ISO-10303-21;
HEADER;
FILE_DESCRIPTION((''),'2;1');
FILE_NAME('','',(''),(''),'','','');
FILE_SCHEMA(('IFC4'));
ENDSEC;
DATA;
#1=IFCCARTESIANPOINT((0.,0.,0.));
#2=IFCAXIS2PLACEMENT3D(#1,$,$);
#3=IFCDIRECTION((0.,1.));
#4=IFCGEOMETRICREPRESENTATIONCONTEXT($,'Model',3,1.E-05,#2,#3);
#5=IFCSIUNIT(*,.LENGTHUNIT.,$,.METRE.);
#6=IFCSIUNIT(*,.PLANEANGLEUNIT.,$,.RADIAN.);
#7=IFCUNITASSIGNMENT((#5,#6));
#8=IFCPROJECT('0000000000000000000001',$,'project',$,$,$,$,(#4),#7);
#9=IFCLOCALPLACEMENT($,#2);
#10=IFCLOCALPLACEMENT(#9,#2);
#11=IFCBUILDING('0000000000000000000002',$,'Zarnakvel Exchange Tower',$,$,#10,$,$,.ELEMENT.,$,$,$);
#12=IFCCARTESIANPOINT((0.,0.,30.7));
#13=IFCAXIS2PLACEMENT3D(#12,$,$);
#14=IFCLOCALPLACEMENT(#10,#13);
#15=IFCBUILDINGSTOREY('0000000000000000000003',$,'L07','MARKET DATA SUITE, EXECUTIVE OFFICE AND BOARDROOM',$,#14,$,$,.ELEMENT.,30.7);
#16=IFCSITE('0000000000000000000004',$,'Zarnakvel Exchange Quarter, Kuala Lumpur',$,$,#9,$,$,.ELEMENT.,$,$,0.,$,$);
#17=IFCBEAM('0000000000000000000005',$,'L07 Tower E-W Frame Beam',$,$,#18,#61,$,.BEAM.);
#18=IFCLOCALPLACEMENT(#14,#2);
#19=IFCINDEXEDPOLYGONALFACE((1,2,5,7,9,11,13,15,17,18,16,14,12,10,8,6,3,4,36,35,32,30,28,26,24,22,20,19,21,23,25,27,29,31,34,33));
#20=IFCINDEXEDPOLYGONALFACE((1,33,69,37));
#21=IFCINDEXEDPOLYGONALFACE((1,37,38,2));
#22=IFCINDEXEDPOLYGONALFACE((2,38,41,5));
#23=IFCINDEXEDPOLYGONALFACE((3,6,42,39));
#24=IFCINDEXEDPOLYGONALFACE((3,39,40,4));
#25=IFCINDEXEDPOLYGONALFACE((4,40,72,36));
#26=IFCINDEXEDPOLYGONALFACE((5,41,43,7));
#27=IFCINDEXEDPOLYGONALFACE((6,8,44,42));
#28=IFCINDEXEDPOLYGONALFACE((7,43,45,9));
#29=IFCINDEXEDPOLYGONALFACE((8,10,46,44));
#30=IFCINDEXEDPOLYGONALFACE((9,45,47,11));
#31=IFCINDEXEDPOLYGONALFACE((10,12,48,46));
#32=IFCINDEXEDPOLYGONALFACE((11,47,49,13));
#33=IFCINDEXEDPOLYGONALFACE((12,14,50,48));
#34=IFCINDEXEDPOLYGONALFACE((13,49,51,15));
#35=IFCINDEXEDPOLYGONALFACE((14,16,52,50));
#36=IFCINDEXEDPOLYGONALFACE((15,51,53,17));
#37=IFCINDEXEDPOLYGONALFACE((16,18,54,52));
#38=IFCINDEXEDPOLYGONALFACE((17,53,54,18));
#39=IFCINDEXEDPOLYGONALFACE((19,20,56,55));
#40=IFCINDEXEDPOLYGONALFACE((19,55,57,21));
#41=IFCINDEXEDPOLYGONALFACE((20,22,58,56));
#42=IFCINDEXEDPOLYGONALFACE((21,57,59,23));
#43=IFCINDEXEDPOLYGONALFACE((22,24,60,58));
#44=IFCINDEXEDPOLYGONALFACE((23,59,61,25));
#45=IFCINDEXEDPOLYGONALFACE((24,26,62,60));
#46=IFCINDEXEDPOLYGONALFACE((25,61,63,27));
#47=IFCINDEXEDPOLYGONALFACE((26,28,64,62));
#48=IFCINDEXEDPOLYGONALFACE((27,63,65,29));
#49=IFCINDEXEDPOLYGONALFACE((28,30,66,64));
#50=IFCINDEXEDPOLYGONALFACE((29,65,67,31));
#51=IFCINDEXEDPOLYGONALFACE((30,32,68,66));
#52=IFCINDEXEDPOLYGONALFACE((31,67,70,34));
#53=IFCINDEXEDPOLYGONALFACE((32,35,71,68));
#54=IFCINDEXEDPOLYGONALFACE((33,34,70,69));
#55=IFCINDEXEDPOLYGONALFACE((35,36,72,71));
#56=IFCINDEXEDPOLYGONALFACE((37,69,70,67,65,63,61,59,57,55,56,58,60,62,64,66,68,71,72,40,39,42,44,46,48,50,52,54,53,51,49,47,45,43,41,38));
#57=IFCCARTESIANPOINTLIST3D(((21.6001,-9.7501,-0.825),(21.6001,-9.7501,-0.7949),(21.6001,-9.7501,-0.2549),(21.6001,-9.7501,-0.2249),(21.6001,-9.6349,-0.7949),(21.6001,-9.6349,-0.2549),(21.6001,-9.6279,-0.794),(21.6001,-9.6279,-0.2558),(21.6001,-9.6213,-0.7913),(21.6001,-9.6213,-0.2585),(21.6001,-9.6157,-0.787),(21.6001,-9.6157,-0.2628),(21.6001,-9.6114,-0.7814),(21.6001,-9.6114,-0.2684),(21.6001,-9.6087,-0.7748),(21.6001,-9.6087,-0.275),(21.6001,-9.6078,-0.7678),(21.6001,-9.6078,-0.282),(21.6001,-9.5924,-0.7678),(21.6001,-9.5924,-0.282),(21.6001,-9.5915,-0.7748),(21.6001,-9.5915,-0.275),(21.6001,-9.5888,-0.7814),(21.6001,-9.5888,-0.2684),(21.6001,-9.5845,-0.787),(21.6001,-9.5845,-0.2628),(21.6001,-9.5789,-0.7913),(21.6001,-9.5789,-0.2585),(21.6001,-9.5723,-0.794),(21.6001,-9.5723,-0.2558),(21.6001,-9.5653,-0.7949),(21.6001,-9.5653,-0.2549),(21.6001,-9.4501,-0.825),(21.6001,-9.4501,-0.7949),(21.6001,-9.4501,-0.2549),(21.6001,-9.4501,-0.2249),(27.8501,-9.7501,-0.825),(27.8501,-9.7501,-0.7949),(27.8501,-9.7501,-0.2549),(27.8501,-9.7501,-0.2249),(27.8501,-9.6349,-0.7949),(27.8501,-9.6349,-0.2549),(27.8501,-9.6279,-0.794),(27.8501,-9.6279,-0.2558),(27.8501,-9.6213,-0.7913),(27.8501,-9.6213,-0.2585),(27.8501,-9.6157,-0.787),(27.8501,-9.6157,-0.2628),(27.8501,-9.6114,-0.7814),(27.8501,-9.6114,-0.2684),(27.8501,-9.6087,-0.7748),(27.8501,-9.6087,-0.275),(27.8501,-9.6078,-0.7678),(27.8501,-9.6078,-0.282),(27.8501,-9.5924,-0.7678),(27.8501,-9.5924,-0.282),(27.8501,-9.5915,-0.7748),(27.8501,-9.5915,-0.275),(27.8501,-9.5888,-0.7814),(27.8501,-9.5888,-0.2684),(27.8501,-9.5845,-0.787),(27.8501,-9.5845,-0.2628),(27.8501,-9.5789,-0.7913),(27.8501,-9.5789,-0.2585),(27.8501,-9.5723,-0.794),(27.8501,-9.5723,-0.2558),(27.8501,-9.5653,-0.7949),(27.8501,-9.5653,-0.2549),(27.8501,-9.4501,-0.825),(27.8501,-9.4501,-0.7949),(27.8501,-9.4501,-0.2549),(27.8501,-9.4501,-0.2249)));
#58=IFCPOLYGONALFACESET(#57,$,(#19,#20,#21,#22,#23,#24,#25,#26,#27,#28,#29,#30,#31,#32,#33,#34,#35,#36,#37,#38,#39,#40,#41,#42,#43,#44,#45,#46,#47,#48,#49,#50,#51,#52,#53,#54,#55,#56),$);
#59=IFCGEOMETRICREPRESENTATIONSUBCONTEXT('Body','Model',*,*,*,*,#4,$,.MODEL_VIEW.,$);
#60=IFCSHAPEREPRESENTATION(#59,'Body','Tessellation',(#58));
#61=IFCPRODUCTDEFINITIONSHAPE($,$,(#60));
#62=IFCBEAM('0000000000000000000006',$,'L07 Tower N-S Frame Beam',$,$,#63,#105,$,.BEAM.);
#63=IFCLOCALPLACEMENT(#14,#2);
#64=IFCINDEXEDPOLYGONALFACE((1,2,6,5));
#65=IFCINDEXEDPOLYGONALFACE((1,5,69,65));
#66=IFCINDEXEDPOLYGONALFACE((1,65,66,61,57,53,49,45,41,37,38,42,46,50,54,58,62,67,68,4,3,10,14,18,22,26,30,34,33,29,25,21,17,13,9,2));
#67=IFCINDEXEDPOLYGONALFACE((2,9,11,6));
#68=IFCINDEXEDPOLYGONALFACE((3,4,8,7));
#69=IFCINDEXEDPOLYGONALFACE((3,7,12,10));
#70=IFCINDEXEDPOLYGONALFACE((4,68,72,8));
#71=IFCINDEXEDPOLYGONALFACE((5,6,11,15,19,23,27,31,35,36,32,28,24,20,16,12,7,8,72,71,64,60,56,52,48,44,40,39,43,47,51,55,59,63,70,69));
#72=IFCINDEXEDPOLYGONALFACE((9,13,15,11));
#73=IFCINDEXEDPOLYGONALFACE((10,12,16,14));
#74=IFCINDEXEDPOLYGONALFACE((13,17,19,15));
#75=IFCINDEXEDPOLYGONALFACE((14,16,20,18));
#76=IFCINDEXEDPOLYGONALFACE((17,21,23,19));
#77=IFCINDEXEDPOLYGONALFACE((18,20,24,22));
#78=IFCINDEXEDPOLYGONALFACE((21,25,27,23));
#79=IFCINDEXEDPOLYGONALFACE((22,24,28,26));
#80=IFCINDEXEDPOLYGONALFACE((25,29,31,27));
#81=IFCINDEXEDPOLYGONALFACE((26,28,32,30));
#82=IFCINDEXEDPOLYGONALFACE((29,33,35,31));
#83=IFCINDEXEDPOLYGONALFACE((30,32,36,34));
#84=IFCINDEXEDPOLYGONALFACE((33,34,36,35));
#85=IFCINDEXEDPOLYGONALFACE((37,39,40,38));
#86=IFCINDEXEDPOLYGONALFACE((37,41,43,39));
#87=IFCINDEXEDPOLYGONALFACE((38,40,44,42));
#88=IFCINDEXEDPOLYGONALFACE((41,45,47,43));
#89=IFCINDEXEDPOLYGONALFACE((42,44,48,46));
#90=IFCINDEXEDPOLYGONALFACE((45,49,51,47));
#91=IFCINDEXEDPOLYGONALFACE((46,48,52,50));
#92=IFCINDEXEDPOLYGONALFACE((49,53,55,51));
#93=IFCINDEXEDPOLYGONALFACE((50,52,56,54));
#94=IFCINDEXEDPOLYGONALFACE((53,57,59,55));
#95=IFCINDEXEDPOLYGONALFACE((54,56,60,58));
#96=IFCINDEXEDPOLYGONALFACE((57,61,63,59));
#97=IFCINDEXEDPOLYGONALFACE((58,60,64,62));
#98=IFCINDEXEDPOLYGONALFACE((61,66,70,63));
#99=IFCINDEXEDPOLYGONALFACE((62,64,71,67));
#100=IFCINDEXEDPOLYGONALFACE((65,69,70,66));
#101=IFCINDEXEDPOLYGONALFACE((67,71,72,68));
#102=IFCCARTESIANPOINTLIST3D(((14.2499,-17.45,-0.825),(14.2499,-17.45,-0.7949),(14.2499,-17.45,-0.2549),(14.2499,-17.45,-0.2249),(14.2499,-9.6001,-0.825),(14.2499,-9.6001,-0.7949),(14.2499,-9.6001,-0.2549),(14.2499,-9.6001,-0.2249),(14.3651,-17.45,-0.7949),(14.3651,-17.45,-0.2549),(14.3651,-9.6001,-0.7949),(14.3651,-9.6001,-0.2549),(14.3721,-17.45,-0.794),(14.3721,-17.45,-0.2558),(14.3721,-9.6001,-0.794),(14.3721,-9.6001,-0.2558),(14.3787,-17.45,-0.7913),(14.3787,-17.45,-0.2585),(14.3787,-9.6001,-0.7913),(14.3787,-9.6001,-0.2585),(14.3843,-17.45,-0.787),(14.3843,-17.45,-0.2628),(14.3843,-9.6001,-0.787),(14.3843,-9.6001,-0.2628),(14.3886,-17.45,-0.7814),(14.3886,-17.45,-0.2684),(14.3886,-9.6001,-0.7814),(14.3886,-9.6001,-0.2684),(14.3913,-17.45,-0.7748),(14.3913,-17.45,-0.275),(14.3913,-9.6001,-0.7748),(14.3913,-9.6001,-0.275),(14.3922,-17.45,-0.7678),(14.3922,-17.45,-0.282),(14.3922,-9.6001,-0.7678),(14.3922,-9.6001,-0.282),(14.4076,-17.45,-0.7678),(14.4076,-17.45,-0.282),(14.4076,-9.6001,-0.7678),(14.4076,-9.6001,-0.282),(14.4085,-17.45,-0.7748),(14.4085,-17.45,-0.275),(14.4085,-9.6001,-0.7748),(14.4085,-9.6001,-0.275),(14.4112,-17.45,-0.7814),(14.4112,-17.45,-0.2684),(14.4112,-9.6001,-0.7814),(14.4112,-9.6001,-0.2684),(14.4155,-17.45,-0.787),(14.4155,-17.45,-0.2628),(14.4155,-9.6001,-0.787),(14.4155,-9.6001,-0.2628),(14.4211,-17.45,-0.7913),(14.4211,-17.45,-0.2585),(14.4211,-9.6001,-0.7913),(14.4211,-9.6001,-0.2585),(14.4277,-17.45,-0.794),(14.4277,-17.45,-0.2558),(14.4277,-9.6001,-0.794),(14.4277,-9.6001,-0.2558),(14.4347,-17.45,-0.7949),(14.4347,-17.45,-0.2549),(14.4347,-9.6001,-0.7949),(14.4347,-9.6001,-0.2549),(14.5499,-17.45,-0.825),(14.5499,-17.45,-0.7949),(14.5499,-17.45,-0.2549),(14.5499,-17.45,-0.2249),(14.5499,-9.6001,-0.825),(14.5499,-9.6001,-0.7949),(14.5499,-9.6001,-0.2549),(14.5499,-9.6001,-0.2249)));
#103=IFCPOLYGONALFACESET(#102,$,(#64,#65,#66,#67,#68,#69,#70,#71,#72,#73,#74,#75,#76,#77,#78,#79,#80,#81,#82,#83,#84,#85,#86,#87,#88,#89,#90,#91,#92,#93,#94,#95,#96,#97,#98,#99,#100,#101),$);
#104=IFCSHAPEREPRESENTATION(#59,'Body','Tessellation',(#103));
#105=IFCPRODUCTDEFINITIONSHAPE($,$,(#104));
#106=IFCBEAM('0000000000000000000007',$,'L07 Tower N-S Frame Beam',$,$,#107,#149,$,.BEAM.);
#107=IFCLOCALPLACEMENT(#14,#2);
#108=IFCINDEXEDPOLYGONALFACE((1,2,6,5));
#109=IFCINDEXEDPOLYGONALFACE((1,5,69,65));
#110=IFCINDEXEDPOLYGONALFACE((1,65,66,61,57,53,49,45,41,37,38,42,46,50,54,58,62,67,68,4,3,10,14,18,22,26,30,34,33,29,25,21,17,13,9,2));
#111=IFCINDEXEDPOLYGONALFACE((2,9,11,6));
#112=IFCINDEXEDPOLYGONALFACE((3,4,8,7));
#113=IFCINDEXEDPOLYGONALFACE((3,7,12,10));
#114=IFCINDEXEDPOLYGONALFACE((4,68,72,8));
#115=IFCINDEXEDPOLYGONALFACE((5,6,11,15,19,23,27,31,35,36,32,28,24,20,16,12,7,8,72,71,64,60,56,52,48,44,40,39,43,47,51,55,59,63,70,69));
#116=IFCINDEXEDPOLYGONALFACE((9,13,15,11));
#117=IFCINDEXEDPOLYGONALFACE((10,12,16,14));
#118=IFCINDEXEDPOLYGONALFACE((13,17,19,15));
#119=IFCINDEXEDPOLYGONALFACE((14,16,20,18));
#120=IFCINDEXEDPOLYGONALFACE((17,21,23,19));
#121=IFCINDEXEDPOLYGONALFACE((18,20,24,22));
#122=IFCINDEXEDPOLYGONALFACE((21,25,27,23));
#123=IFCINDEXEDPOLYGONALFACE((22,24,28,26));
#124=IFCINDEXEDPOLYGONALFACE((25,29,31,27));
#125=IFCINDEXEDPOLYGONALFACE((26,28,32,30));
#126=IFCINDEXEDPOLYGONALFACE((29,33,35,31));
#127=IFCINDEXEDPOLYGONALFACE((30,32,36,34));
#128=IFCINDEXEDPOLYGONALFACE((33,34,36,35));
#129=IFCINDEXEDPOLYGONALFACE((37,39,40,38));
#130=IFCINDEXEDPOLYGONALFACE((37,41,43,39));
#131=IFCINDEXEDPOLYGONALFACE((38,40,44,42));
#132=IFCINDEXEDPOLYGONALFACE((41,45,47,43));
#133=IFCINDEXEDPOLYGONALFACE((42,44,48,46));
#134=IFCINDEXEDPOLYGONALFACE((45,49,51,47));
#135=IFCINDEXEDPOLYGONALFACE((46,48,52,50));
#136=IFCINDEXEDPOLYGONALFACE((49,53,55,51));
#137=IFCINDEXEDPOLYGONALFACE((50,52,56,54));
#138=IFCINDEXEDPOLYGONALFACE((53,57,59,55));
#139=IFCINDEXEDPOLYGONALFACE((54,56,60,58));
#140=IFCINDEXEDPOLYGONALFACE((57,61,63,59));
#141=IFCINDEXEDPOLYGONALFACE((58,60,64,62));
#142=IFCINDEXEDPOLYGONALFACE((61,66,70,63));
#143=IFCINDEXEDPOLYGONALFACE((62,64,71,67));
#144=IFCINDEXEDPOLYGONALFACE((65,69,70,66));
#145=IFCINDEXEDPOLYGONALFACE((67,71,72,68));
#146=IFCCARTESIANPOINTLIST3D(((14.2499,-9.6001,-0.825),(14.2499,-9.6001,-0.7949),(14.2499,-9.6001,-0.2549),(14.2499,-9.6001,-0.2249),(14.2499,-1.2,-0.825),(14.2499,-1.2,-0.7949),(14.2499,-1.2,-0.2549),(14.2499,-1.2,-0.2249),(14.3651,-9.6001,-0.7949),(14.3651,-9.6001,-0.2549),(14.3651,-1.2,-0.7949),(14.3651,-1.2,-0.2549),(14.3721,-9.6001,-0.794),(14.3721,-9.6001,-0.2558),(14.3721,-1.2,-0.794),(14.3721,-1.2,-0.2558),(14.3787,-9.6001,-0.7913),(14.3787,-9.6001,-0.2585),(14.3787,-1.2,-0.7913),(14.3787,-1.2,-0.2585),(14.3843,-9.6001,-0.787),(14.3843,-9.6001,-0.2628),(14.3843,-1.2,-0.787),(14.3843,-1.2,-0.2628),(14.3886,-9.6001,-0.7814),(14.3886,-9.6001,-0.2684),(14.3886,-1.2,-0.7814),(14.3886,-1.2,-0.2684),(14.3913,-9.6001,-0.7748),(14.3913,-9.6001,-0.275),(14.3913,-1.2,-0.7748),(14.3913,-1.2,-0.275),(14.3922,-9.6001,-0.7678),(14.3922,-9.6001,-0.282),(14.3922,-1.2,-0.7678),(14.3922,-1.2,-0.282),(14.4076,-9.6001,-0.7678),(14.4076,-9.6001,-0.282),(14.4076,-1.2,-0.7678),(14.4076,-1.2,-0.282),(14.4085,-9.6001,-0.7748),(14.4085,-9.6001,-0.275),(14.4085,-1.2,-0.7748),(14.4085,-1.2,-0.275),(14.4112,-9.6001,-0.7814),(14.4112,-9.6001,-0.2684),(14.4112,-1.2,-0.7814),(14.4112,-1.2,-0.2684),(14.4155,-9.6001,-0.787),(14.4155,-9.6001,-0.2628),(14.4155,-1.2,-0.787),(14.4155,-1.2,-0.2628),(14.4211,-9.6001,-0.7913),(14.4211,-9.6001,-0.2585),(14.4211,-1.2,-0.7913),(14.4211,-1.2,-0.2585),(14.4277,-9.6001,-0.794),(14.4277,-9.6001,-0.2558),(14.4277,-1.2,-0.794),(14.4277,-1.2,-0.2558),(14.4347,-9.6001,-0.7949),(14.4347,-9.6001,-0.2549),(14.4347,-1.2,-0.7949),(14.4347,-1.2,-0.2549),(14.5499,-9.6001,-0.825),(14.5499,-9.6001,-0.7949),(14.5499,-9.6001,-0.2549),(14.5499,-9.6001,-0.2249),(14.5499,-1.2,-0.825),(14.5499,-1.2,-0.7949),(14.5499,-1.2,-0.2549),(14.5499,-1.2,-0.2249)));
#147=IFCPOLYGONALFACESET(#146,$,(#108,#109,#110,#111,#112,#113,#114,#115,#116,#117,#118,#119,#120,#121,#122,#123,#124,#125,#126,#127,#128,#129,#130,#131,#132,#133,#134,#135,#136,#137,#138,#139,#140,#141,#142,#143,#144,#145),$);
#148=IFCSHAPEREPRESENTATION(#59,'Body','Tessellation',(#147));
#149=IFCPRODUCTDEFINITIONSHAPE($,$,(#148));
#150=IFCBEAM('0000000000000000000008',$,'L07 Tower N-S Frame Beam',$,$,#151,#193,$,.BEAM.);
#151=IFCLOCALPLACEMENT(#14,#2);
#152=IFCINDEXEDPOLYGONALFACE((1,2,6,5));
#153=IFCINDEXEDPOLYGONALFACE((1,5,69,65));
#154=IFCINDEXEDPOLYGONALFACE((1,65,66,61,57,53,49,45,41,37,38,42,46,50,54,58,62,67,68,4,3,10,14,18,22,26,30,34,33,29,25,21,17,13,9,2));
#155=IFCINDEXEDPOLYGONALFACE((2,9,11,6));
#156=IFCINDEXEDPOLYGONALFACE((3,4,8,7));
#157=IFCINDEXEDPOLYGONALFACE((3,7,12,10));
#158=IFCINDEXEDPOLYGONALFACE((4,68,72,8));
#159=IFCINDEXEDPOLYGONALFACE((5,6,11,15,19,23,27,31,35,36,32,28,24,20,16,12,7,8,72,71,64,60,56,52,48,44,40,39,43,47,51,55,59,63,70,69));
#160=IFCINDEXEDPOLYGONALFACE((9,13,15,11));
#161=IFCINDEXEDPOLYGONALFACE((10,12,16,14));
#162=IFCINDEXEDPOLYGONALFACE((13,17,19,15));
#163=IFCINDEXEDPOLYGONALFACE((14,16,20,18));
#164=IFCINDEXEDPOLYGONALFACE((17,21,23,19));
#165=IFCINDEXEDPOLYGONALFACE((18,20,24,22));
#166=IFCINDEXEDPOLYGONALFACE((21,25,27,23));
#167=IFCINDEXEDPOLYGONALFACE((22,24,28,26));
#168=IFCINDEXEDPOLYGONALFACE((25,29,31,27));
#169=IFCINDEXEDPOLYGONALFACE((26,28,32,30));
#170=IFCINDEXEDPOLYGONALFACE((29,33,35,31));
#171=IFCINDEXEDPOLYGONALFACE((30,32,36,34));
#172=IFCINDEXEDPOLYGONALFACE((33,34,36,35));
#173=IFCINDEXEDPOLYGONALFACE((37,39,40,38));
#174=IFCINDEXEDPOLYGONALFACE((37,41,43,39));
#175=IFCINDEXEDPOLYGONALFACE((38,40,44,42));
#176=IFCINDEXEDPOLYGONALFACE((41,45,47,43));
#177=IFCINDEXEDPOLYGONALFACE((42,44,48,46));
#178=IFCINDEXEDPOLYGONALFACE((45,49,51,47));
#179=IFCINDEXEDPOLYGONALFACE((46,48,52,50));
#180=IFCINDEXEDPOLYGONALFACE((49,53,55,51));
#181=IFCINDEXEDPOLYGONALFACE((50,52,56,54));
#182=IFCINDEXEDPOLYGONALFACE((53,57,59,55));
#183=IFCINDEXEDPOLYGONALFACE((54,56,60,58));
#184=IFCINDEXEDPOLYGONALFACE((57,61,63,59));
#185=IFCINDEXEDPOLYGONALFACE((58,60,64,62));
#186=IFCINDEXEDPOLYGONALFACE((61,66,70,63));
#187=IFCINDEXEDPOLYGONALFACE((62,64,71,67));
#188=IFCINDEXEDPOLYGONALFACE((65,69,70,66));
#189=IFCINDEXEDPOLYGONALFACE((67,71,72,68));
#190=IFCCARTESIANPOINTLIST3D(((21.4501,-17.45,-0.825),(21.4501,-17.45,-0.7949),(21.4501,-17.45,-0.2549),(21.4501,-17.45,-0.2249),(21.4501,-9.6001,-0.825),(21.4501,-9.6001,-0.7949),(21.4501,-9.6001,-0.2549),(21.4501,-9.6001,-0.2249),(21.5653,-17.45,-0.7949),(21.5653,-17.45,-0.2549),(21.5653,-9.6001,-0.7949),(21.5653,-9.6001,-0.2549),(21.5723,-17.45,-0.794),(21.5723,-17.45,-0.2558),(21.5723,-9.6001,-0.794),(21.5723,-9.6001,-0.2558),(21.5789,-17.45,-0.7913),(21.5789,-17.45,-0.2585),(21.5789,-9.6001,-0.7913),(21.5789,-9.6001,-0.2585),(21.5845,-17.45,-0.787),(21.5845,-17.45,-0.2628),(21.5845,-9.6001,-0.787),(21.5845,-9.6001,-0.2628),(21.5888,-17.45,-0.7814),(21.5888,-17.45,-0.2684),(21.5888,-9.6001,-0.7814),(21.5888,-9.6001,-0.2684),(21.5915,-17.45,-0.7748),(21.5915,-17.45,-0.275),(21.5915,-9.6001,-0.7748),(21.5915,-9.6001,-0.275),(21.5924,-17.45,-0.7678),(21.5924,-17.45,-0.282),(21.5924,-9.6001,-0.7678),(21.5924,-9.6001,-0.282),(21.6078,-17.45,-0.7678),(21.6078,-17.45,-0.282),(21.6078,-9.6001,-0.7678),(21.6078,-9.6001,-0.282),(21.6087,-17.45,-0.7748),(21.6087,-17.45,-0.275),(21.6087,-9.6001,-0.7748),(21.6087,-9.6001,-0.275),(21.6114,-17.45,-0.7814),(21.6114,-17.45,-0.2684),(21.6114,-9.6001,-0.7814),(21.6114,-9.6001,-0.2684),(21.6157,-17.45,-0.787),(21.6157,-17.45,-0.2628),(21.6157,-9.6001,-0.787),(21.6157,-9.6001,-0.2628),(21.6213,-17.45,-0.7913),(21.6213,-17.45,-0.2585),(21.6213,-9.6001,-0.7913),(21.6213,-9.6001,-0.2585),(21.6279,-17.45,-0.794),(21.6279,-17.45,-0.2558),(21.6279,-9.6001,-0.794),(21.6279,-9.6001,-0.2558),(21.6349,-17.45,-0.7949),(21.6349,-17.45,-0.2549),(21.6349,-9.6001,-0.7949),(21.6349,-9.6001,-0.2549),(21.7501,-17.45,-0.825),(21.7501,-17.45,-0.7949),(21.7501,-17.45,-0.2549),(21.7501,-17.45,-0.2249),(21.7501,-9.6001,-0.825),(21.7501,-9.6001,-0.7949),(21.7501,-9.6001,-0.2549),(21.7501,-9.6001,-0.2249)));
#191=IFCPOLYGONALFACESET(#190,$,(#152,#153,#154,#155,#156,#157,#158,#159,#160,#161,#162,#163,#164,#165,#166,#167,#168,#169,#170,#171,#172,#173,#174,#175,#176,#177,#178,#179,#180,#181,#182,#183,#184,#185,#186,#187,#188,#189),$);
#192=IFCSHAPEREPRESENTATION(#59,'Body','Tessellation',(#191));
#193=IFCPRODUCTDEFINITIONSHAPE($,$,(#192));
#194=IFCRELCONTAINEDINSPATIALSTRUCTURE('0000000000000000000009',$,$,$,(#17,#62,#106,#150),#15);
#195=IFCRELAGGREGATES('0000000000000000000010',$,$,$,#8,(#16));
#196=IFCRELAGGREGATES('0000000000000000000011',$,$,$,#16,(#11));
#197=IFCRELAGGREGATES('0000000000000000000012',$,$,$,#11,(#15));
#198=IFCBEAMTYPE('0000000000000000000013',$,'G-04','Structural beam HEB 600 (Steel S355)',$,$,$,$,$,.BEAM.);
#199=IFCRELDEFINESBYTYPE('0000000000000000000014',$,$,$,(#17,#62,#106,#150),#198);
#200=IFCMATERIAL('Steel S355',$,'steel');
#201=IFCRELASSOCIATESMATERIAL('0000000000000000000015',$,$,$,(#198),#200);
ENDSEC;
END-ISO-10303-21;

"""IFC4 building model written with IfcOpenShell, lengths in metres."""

from ifc_helpers import new_model, si_unit, direction, frame, origin, origin_2d, place, context, subcontext, project, spatial, i_section, extrude, material, material_profile, profile_set, type_object, element, save


model = new_model("IFC4")

# Units and contexts
model_context = context("Model", 3, precision=1e-05, world=origin(), true_north=direction((0.0, 1.0)))
body_context = subcontext(model_context, "Body", "Model", "MODEL_VIEW")
ifc_project = project(units=[si_unit("LENGTHUNIT", "METRE"), si_unit("PLANEANGLEUNIT", "RADIAN")], contexts=[model_context])

# Site, building, storey
site_placement = place(None, origin())
site = spatial("IfcSite", under=ifc_project, at=site_placement, Name="Zarnakvel Exchange Quarter, Kuala Lumpur", CompositionType="ELEMENT", RefElevation=0.0)
building_placement = place(site_placement, origin())
building = spatial("IfcBuilding", under=site, at=building_placement, Name="Zarnakvel Exchange Tower", CompositionType="ELEMENT")
storey_placement = place(building_placement, frame((0.0, 0.0, 30.7)))
storey = spatial("IfcBuildingStorey", under=building, at=storey_placement, Name="L07", Description="MARKET DATA SUITE, EXECUTIVE OFFICE AND BOARDROOM", CompositionType="ELEMENT", Elevation=30.7)

# Shared definitions
ifc_material_1 = material(Name="Steel S355", Category="steel")

# Beams
ifc_material_profile_1 = material_profile(ifc_material_1, i_section(OverallWidth=0.3, OverallDepth=0.6001, WebThickness=0.0154, FlangeThickness=0.03, FilletRadius=0.0271, at=origin_2d()))
ifc_profile_set_1 = profile_set([ifc_material_profile_1], Name="Steel S355")
beam_type_1 = type_object("IfcBeamType", Name="G-04", Description="Structural beam HEB 600 (Steel S355)", PredefinedType="BEAM", material=ifc_profile_set_1)
beam_1_placement = place(storey_placement, frame((21.6001, -9.6001, -0.5249), z_axis=(1.0, 0.0, 0.0), x_axis=(0.0, 1.0, 0.0)))
element("IfcBeam", 1, at=beam_1_placement, inside=storey, type_object=beam_type_1, Name="L07 Tower E-W Frame Beam", PredefinedType="BEAM", context=body_context, shape_type="SweptSolid", body=[
    extrude(i_section(OverallWidth=0.3, OverallDepth=0.6001, WebThickness=0.0154, FlangeThickness=0.03, FilletRadius=0.0271, at=origin_2d()), origin(), (0.0, 0.0, 1.0), 6.25),
])
beam_2_placement = place(storey_placement, frame((14.3999, -17.45, -0.5249), z_axis=(0.0, 1.0, 0.0), x_axis=(-1.0, 0.0, 0.0)))
element("IfcBeam", 2, at=beam_2_placement, inside=storey, type_object=beam_type_1, Name="L07 Tower N-S Frame Beam", PredefinedType="BEAM", context=body_context, shape_type="SweptSolid", body=[
    extrude(i_section(OverallWidth=0.3, OverallDepth=0.6001, WebThickness=0.0154, FlangeThickness=0.03, FilletRadius=0.0271, at=origin_2d()), origin(), (0.0, 0.0, 1.0), 7.8499),
])
beam_3_placement = place(storey_placement, frame((14.3999, -9.6001, -0.5249), z_axis=(0.0, 1.0, 0.0), x_axis=(-1.0, 0.0, 0.0)))
element("IfcBeam", 3, at=beam_3_placement, inside=storey, type_object=beam_type_1, Name="L07 Tower N-S Frame Beam", PredefinedType="BEAM", context=body_context, shape_type="SweptSolid", body=[
    extrude(i_section(OverallWidth=0.3, OverallDepth=0.6001, WebThickness=0.0154, FlangeThickness=0.03, FilletRadius=0.0271, at=origin_2d()), origin(), (0.0, 0.0, 1.0), 8.4001),
])
beam_4_placement = place(storey_placement, frame((21.6001, -17.45, -0.5249), z_axis=(0.0, 1.0, 0.0), x_axis=(-1.0, 0.0, 0.0)))
element("IfcBeam", 4, at=beam_4_placement, inside=storey, type_object=beam_type_1, Name="L07 Tower N-S Frame Beam", PredefinedType="BEAM", context=body_context, shape_type="SweptSolid", body=[
    extrude(i_section(OverallWidth=0.3, OverallDepth=0.6001, WebThickness=0.0154, FlangeThickness=0.03, FilletRadius=0.0271, at=origin_2d()), origin(), (0.0, 0.0, 1.0), 7.8499),
])

save(model, "model.ifc")
